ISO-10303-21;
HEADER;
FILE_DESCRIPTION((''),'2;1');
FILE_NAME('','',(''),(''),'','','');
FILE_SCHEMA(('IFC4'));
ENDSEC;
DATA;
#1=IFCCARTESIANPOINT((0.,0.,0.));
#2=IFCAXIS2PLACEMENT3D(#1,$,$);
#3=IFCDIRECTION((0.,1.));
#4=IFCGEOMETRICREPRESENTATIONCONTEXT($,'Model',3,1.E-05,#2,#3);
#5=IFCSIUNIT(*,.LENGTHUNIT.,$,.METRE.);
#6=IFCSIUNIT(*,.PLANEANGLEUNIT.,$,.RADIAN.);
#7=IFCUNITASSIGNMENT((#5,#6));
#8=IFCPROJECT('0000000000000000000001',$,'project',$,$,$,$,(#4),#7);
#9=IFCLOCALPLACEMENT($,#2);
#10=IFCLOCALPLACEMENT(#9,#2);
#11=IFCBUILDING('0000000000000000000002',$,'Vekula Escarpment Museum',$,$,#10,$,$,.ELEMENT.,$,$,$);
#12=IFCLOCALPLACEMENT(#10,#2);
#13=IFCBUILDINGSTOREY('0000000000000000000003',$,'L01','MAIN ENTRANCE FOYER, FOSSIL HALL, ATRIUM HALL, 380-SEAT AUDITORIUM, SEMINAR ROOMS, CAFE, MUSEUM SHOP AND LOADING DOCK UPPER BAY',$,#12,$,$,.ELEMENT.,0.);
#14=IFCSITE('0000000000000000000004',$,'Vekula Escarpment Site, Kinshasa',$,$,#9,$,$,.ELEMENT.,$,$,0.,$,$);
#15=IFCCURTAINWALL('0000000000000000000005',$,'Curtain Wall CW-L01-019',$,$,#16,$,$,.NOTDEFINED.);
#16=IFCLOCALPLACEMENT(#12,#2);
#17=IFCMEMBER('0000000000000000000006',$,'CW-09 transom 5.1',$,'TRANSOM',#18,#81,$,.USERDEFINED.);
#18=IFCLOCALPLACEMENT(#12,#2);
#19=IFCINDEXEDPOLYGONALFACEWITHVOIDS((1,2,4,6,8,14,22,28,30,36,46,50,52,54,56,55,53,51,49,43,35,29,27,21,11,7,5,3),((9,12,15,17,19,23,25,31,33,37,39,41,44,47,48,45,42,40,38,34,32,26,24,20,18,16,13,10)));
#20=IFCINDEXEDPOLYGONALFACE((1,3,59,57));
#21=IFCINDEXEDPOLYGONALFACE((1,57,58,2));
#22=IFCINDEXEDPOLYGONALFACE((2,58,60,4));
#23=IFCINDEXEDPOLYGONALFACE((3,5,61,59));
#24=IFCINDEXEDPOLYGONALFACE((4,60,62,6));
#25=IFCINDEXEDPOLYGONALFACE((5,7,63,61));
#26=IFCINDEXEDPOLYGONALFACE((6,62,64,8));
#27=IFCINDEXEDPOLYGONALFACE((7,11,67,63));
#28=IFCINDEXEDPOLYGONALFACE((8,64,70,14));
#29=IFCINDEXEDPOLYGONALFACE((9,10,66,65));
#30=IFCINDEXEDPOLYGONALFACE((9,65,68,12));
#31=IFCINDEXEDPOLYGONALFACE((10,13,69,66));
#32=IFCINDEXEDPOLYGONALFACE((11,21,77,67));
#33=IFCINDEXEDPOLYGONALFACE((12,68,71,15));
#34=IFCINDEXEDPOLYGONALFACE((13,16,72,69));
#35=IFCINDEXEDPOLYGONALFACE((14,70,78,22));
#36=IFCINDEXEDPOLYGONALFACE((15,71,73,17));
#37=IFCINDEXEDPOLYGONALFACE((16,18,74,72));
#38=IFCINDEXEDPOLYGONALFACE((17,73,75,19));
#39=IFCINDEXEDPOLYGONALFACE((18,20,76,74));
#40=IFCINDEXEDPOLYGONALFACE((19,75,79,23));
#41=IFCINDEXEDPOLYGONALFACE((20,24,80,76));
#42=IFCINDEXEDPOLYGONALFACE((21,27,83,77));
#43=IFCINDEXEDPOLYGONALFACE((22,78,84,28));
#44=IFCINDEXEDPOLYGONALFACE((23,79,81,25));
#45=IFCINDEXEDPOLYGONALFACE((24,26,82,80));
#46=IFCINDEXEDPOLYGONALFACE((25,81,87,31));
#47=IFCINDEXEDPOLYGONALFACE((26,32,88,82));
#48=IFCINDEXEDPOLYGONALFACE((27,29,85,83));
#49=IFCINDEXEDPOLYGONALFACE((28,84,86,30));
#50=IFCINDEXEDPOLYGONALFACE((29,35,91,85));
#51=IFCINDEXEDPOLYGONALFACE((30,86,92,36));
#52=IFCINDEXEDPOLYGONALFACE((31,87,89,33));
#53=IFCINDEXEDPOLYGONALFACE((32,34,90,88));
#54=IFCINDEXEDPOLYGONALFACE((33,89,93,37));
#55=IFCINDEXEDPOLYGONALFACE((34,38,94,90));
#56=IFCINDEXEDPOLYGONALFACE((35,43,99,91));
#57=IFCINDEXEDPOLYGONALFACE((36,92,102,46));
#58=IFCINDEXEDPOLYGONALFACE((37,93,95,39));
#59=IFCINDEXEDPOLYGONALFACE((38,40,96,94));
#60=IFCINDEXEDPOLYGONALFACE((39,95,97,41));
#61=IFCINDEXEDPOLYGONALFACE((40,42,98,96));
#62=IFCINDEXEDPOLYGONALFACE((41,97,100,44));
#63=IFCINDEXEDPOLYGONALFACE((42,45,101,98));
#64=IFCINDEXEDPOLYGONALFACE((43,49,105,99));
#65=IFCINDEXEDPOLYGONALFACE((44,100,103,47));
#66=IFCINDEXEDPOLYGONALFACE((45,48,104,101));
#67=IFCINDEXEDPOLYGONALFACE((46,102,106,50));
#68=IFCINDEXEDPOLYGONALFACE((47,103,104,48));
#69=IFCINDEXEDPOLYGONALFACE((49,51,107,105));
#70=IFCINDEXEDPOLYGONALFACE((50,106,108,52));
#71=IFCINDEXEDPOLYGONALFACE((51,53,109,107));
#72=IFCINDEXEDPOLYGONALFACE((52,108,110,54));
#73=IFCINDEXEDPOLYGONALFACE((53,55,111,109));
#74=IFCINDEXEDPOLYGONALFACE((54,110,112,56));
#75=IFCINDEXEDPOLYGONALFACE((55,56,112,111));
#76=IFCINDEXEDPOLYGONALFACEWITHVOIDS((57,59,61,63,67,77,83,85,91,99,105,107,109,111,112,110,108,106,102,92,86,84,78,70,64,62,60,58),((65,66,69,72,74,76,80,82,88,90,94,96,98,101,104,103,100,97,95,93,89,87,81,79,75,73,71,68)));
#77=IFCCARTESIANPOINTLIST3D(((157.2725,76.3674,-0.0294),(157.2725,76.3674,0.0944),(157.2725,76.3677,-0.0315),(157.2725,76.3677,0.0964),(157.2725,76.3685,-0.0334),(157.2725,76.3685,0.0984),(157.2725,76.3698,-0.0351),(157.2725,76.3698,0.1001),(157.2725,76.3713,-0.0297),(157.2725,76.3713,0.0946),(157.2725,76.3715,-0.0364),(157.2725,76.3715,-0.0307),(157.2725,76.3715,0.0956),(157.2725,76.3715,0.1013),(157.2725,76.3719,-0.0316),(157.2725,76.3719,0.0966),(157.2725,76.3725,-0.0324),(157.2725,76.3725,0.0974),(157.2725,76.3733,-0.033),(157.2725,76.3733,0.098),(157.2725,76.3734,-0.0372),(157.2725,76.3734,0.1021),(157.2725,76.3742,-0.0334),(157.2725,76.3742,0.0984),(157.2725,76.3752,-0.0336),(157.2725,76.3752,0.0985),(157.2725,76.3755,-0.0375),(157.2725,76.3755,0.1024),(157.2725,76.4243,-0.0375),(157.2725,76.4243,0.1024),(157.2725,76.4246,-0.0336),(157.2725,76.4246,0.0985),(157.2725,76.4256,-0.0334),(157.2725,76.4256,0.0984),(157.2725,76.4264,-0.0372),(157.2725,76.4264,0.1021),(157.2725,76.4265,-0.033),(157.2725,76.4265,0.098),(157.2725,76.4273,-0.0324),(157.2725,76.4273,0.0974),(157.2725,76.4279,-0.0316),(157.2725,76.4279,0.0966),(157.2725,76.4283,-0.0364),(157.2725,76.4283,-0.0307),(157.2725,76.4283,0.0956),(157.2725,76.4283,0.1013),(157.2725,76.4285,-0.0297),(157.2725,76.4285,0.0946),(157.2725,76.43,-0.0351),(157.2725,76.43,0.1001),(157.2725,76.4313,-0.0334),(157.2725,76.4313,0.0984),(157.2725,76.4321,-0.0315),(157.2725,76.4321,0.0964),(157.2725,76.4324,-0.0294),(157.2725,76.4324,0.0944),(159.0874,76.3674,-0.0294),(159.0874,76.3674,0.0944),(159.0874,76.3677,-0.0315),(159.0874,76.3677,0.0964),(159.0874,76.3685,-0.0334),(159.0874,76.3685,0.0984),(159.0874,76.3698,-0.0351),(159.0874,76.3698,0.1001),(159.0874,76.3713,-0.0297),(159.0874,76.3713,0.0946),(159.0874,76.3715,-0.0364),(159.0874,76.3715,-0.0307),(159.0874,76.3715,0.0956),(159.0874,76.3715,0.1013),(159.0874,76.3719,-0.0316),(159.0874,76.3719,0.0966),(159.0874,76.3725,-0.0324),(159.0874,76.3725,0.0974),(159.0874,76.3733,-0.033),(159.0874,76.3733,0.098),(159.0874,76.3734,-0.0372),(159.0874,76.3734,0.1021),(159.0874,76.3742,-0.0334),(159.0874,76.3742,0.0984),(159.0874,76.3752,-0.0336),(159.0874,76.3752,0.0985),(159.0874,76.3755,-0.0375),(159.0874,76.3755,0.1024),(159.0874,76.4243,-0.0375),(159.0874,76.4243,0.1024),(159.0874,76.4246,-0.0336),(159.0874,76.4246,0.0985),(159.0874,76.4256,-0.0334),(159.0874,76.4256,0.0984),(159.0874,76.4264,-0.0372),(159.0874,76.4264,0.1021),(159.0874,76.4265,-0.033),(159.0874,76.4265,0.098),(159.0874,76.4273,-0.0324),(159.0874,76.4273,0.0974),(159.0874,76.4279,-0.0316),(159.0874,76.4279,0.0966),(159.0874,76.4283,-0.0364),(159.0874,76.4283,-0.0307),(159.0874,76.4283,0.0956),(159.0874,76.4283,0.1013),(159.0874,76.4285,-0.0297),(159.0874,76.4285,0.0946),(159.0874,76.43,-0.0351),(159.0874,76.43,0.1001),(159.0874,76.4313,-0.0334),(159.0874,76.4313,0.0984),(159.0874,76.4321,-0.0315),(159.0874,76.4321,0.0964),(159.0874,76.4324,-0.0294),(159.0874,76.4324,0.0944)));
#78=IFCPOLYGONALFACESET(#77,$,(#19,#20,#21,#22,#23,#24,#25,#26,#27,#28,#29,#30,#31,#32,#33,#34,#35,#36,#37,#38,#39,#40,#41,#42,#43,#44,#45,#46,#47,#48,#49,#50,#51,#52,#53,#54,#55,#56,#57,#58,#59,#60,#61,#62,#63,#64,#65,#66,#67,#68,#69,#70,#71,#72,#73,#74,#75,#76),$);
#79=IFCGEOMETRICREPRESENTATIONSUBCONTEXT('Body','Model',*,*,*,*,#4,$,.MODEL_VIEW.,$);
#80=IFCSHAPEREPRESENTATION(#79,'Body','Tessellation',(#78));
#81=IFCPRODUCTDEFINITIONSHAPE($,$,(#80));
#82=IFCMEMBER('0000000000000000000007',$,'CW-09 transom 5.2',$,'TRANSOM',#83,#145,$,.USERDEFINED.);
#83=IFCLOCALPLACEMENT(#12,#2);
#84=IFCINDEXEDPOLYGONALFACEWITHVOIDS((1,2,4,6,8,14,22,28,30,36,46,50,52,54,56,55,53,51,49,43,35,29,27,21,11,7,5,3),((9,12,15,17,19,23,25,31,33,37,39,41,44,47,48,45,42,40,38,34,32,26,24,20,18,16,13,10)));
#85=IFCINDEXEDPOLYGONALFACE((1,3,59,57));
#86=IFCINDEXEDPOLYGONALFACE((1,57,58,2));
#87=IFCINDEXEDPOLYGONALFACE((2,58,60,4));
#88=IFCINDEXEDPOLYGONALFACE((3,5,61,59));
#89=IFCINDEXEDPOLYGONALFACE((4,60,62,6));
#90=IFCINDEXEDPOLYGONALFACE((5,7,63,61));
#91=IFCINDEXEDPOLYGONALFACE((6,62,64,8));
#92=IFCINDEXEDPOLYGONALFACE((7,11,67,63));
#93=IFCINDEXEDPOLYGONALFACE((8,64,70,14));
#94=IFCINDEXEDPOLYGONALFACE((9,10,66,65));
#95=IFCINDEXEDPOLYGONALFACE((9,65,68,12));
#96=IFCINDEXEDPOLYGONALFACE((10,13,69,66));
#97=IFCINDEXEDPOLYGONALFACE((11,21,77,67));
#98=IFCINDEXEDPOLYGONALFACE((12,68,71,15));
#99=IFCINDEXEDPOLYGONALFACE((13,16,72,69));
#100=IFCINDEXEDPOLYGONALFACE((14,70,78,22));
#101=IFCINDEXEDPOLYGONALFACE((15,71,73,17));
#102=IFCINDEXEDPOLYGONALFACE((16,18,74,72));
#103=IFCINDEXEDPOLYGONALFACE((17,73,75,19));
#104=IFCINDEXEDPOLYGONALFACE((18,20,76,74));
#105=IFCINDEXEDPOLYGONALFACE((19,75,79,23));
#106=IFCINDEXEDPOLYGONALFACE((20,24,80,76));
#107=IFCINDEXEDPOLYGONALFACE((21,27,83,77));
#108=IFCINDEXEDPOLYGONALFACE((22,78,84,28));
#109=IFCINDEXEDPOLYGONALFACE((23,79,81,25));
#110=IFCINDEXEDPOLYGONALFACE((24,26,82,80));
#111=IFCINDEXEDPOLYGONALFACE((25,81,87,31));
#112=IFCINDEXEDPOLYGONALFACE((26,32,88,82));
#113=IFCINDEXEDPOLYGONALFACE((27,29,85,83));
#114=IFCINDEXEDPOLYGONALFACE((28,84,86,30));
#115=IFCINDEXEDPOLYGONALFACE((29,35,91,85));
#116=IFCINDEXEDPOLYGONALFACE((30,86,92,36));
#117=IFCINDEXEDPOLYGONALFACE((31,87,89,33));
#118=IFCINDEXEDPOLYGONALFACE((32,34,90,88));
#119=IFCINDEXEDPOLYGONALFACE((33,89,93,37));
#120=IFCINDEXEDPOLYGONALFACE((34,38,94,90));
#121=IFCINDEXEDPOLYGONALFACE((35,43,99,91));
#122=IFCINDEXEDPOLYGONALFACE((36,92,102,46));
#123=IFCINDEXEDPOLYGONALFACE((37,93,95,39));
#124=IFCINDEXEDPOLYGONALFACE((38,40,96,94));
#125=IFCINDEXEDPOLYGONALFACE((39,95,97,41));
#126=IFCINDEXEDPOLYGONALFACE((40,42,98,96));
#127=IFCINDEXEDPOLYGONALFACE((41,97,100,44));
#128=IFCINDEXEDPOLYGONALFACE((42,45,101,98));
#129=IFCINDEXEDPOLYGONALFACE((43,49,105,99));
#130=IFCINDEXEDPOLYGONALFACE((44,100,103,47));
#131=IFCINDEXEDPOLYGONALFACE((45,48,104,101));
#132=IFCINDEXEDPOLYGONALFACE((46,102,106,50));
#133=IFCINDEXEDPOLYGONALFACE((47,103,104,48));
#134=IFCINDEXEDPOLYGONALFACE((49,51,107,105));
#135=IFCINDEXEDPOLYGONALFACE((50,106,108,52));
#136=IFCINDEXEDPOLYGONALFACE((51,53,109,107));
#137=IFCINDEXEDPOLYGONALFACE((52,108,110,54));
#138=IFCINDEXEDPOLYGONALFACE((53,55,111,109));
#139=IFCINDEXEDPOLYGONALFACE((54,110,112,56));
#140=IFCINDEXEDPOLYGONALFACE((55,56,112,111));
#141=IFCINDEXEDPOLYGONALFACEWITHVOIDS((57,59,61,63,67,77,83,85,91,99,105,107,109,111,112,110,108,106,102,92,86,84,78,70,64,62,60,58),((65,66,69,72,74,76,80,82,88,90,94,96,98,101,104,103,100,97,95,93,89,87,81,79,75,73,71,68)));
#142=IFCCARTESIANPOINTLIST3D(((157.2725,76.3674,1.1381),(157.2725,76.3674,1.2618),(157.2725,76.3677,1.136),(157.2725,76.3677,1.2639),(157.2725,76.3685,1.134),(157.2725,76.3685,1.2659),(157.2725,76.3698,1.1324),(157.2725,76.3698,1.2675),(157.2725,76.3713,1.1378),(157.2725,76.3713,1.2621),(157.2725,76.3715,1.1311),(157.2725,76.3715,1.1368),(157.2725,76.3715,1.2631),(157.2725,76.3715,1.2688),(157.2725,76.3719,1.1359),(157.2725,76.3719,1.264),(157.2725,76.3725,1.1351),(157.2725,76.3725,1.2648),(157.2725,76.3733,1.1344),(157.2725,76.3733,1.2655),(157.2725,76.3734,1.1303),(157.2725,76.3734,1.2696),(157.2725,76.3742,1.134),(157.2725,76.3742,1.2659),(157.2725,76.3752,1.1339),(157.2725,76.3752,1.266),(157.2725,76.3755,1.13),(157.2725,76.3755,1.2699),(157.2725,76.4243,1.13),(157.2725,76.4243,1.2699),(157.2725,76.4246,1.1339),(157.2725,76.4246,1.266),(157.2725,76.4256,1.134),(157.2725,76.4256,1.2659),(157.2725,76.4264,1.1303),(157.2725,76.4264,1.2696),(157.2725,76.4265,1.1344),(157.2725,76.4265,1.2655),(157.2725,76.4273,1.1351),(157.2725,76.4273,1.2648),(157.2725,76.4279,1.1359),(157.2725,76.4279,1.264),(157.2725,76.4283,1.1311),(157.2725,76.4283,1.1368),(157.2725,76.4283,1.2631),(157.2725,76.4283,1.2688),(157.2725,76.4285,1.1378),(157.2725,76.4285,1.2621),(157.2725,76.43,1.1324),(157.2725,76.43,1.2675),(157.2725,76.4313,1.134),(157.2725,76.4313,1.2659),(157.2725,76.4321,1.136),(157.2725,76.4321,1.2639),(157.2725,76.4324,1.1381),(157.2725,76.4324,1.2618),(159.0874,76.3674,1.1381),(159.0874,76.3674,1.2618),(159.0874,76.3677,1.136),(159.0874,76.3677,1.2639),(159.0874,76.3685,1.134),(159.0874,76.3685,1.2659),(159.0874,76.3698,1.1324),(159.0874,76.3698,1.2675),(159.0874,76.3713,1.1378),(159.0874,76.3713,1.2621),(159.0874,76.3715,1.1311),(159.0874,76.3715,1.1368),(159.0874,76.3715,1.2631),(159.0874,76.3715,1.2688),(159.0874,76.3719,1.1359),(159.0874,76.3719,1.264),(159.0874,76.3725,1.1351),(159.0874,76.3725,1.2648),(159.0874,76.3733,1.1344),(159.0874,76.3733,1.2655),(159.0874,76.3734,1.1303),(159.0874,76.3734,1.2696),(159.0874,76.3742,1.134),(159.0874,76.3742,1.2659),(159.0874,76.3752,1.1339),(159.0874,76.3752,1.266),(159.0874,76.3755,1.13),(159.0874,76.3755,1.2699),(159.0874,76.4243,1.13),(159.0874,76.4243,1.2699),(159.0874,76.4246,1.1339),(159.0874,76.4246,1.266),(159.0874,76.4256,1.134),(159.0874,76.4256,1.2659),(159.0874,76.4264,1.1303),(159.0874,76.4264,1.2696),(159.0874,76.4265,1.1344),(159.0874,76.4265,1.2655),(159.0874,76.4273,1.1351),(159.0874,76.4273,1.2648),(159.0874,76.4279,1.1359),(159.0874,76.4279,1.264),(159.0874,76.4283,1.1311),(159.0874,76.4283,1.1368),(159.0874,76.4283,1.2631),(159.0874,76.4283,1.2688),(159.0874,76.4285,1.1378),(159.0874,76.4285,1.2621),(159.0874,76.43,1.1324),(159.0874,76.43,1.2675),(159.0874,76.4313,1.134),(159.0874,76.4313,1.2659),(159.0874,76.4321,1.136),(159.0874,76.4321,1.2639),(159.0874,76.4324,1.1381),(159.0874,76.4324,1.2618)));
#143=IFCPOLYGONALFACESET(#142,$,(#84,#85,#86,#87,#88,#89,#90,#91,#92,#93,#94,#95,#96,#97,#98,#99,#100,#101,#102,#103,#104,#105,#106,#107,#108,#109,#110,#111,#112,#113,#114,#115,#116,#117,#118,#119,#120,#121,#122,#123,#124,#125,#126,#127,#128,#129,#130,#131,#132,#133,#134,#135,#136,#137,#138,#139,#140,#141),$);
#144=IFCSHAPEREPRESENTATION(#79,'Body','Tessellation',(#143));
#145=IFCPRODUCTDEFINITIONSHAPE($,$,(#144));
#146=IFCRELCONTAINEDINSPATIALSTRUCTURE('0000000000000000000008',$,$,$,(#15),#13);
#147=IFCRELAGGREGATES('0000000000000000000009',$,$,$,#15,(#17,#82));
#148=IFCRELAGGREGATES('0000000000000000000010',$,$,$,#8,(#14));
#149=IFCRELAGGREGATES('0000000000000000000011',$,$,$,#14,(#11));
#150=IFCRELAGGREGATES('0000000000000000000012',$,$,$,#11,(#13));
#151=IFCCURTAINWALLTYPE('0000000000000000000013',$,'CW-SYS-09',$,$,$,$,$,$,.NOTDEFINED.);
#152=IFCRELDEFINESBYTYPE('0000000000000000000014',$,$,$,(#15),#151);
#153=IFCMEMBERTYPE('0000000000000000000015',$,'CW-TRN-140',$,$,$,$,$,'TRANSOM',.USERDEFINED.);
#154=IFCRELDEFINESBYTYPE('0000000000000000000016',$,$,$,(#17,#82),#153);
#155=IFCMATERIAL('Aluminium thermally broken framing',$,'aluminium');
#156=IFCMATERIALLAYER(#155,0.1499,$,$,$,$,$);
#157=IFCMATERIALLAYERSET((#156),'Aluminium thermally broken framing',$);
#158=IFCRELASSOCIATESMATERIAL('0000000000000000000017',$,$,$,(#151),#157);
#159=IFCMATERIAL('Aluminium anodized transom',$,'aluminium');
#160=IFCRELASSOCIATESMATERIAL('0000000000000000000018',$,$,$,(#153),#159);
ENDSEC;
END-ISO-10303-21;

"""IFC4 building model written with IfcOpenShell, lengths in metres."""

from ifc_helpers import new_model, si_unit, direction, frame, origin, origin_2d, place, context, subcontext, project, spatial, hollow_rectangle, extrude, material, layer, layer_set, material_profile, profile_set, type_object, element, aggregate, save


model = new_model("IFC4")

# Units and contexts
model_context = context("Model", 3, precision=1e-05, world=origin(), true_north=direction((0.0, 1.0)))
body_context = subcontext(model_context, "Body", "Model", "MODEL_VIEW")
ifc_project = project(units=[si_unit("LENGTHUNIT", "METRE"), si_unit("PLANEANGLEUNIT", "RADIAN")], contexts=[model_context])

# Site, building, storey
site_placement = place(None, origin())
site = spatial("IfcSite", under=ifc_project, at=site_placement, Name="Vekula Escarpment Site, Kinshasa", CompositionType="ELEMENT", RefElevation=0.0)
building_placement = place(site_placement, origin())
building = spatial("IfcBuilding", under=site, at=building_placement, Name="Vekula Escarpment Museum", CompositionType="ELEMENT")
storey_placement = place(building_placement, origin())
storey = spatial("IfcBuildingStorey", under=building, at=storey_placement, Name="L01", Description="MAIN ENTRANCE FOYER, FOSSIL HALL, ATRIUM HALL, 380-SEAT AUDITORIUM, SEMINAR ROOMS, CAFE, MUSEUM SHOP AND LOADING DOCK UPPER BAY", CompositionType="ELEMENT", Elevation=0.0)

# Curtain wall
ifc_material_1 = material(Name="Aluminium thermally broken framing", Category="aluminium")
ifc_layer_1 = layer(ifc_material_1, 0.1499)
ifc_layer_set_1 = layer_set([ifc_layer_1], Name="Aluminium thermally broken framing")
curtain_wall_type_1 = type_object("IfcCurtainWallType", Name="CW-SYS-09", PredefinedType="NOTDEFINED", material=ifc_layer_set_1)
curtain_wall_1_placement = place(storey_placement, origin())
curtain_wall_1 = element("IfcCurtainWall", 1, at=curtain_wall_1_placement, inside=storey, type_object=curtain_wall_type_1, Name="Curtain Wall CW-L01-019", PredefinedType="NOTDEFINED")

# Members
ifc_material_2 = material(Name="Aluminium anodized transom", Category="aluminium")
ifc_material_profile_1 = material_profile(ifc_material_2, hollow_rectangle(XDim=0.0649, YDim=0.1399, WallThickness=0.0039, InnerFilletRadius=0.0039, OuterFilletRadius=0.0081, at=origin_2d()), Name="ALU 140x65x4")
ifc_profile_set_1 = profile_set([ifc_material_profile_1], Name="Aluminium anodized transom")
member_type_1 = type_object("IfcMemberType", Name="CW-TRN-140", ElementType="TRANSOM", PredefinedType="USERDEFINED", material=ifc_profile_set_1)
member_1_placement = place(storey_placement, frame((159.0874, 76.3999, 0.0325), z_axis=(-1.0, 0.0, 0.0), x_axis=(0.0, -1.0, 0.0)))
member_1 = element("IfcMember", 2, at=member_1_placement, type_object=member_type_1, Name="CW-09 transom 5.1", ObjectType="TRANSOM", PredefinedType="USERDEFINED", context=body_context, shape_type="SweptSolid", body=[
    extrude(hollow_rectangle(XDim=0.0649, YDim=0.1399, WallThickness=0.0039, InnerFilletRadius=0.0039, OuterFilletRadius=0.0081, at=origin_2d()), origin(), (0.0, 0.0, 1.0), 1.8149),
])
member_2_placement = place(storey_placement, frame((159.0874, 76.3999, 1.2), z_axis=(-1.0, 0.0, 0.0), x_axis=(0.0, -1.0, 0.0)))
member_2 = element("IfcMember", 3, at=member_2_placement, type_object=member_type_1, Name="CW-09 transom 5.2", ObjectType="TRANSOM", PredefinedType="USERDEFINED", context=body_context, shape_type="SweptSolid", body=[
    extrude(hollow_rectangle(XDim=0.0649, YDim=0.1399, WallThickness=0.0039, InnerFilletRadius=0.0039, OuterFilletRadius=0.0081, at=origin_2d()), origin(), (0.0, 0.0, 1.0), 1.8149),
])

aggregate(curtain_wall_1, [member_1, member_2])

save(model, "model.ifc")
